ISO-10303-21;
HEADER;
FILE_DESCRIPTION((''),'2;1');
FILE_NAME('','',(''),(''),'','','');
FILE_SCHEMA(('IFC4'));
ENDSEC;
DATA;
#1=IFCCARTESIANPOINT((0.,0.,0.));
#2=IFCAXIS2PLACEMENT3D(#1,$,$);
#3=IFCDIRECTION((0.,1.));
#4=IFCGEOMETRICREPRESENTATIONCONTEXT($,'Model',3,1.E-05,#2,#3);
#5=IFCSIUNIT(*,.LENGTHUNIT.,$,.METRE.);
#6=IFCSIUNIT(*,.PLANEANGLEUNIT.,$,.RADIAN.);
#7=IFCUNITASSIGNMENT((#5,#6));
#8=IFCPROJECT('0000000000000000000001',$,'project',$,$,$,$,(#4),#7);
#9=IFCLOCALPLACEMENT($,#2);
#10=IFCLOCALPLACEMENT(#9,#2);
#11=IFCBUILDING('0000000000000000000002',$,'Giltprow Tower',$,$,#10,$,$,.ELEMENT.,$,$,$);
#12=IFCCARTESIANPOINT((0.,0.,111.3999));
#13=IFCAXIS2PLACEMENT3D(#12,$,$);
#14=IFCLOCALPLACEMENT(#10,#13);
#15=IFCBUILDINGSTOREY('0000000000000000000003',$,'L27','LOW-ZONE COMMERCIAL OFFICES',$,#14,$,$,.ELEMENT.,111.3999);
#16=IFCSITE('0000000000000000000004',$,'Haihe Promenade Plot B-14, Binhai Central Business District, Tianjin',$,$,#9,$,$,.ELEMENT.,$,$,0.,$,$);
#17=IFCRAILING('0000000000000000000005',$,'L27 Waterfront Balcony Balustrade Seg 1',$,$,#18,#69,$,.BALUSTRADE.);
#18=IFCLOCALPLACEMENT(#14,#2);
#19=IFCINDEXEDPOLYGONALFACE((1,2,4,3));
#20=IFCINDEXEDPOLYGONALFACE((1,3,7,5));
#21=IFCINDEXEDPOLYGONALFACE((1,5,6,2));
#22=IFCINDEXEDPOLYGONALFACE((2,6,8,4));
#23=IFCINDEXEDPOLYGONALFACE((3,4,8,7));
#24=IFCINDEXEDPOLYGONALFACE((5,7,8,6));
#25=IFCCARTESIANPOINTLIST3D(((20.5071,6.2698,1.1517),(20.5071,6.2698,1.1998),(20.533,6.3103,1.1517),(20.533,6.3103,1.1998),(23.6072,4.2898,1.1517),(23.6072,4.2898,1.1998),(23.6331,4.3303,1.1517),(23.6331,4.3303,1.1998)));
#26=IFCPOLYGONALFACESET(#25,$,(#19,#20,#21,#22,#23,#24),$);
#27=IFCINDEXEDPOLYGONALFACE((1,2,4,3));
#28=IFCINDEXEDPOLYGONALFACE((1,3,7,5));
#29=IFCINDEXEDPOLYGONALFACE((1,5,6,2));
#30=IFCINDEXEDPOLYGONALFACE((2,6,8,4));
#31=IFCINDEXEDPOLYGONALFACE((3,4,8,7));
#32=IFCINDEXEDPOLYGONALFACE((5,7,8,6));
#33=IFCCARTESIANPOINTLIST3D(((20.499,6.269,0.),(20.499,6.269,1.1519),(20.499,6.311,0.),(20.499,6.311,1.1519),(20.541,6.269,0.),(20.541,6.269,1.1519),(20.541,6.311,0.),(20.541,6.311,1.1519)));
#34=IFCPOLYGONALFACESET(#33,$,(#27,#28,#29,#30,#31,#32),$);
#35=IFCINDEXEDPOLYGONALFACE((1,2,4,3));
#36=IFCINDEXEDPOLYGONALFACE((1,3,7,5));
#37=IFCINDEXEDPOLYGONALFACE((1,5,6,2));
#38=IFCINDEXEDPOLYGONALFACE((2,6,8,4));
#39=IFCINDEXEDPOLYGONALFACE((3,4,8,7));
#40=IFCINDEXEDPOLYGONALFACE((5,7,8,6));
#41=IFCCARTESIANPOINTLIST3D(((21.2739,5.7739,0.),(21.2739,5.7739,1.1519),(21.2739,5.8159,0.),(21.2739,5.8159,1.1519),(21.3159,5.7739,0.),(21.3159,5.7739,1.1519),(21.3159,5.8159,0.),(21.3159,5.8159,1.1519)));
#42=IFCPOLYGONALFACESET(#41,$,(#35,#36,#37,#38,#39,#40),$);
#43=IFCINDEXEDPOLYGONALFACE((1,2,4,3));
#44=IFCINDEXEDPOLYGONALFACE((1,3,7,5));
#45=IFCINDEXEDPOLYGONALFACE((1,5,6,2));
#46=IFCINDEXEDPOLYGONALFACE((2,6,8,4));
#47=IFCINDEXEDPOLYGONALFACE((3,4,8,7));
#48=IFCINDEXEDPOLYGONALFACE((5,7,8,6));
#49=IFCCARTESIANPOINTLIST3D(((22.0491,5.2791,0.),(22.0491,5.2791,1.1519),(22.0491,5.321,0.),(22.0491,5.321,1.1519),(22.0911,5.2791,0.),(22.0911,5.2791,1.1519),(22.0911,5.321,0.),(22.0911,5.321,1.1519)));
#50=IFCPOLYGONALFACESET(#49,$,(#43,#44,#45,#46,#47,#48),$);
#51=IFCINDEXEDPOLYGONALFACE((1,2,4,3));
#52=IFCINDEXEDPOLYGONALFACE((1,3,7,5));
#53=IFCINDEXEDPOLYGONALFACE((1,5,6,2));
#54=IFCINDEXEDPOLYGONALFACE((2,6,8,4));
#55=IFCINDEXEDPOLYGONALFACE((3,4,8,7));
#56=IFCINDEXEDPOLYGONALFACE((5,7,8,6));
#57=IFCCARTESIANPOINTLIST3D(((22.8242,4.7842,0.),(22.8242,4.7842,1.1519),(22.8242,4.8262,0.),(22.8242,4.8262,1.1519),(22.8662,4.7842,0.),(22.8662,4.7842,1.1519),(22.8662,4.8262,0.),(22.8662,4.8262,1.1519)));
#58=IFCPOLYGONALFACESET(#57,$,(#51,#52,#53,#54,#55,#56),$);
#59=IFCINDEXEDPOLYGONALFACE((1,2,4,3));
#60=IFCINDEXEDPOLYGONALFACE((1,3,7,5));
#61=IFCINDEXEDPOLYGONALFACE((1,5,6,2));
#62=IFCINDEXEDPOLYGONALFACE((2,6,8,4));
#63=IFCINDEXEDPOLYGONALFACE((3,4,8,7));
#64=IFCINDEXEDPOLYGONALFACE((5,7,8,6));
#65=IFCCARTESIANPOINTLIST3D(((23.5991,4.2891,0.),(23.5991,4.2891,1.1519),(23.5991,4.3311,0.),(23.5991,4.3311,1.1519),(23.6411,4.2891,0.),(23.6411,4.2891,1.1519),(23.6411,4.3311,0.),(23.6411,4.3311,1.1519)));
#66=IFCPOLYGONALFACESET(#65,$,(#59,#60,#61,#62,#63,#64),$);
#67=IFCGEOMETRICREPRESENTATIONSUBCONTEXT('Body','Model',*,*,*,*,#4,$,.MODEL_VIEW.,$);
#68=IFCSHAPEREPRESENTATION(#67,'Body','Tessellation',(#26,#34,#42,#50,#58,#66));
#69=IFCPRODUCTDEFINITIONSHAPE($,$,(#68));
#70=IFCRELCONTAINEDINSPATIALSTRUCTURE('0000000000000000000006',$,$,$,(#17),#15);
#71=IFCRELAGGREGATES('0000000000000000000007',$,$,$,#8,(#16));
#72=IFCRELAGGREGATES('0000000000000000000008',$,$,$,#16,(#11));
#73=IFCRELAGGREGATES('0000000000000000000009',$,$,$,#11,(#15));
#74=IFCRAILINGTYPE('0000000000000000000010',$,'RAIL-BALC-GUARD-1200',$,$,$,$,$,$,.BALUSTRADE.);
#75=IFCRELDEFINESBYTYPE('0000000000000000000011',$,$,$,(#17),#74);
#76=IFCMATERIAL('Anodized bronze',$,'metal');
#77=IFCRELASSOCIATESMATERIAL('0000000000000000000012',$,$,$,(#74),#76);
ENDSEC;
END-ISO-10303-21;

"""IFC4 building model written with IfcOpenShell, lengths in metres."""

from ifc_helpers import new_model, si_unit, direction, frame, origin, origin_2d, place, context, subcontext, project, spatial, rectangle, extrude, material, type_object, element, save


model = new_model("IFC4")

# Units and contexts
model_context = context("Model", 3, precision=1e-05, world=origin(), true_north=direction((0.0, 1.0)))
body_context = subcontext(model_context, "Body", "Model", "MODEL_VIEW")
ifc_project = project(units=[si_unit("LENGTHUNIT", "METRE"), si_unit("PLANEANGLEUNIT", "RADIAN")], contexts=[model_context])

# Site, building, storey
site_placement = place(None, origin())
site = spatial("IfcSite", under=ifc_project, at=site_placement, Name="Haihe Promenade Plot B-14, Binhai Central Business District, Tianjin", CompositionType="ELEMENT", RefElevation=0.0)
building_placement = place(site_placement, origin())
building = spatial("IfcBuilding", under=site, at=building_placement, Name="Giltprow Tower", CompositionType="ELEMENT")
storey_placement = place(building_placement, frame((0.0, 0.0, 111.3999)))
storey = spatial("IfcBuildingStorey", under=building, at=storey_placement, Name="L27", Description="LOW-ZONE COMMERCIAL OFFICES", CompositionType="ELEMENT", Elevation=111.3999)

# Railing
ifc_material_1 = material(Name="Anodized bronze", Category="metal")
railing_type = type_object("IfcRailingType", Name="RAIL-BALC-GUARD-1200", PredefinedType="BALUSTRADE", material=ifc_material_1)
railing_1_placement = place(storey_placement, frame((20.52, 6.29, 0.0)))
element("IfcRailing", 1, at=railing_1_placement, inside=storey, type_object=railing_type, Name="L27 Waterfront Balcony Balustrade Seg 1", PredefinedType="BALUSTRADE", context=body_context, shape_type="SweptSolid", body=[
    extrude(rectangle(XDim=0.0481, YDim=0.0481, at=origin_2d()), frame((0.0, 0.0, 1.1758), z_axis=(0.842775, -0.538266, 0.0), x_axis=(0.538266, 0.842775, 0.0)), (0.0, 0.0, 1.0), 3.6785),
    extrude(rectangle(XDim=0.042, YDim=0.042, at=origin_2d()), origin(), (0.0, 0.0, 1.0), 1.1519),
    extrude(rectangle(XDim=0.042, YDim=0.042, at=origin_2d()), frame((0.7749, -0.4951, 0.0)), (0.0, 0.0, 1.0), 1.1519),
    extrude(rectangle(XDim=0.042, YDim=0.042, at=origin_2d()), frame((1.55, -0.99, 0.0)), (0.0, 0.0, 1.0), 1.1519),
    extrude(rectangle(XDim=0.042, YDim=0.042, at=origin_2d()), frame((2.3252, -1.4849, 0.0)), (0.0, 0.0, 1.0), 1.1519),
    extrude(rectangle(XDim=0.042, YDim=0.042, at=origin_2d()), frame((3.1001, -1.98, 0.0)), (0.0, 0.0, 1.0), 1.1519),
])

save(model, "model.ifc")
